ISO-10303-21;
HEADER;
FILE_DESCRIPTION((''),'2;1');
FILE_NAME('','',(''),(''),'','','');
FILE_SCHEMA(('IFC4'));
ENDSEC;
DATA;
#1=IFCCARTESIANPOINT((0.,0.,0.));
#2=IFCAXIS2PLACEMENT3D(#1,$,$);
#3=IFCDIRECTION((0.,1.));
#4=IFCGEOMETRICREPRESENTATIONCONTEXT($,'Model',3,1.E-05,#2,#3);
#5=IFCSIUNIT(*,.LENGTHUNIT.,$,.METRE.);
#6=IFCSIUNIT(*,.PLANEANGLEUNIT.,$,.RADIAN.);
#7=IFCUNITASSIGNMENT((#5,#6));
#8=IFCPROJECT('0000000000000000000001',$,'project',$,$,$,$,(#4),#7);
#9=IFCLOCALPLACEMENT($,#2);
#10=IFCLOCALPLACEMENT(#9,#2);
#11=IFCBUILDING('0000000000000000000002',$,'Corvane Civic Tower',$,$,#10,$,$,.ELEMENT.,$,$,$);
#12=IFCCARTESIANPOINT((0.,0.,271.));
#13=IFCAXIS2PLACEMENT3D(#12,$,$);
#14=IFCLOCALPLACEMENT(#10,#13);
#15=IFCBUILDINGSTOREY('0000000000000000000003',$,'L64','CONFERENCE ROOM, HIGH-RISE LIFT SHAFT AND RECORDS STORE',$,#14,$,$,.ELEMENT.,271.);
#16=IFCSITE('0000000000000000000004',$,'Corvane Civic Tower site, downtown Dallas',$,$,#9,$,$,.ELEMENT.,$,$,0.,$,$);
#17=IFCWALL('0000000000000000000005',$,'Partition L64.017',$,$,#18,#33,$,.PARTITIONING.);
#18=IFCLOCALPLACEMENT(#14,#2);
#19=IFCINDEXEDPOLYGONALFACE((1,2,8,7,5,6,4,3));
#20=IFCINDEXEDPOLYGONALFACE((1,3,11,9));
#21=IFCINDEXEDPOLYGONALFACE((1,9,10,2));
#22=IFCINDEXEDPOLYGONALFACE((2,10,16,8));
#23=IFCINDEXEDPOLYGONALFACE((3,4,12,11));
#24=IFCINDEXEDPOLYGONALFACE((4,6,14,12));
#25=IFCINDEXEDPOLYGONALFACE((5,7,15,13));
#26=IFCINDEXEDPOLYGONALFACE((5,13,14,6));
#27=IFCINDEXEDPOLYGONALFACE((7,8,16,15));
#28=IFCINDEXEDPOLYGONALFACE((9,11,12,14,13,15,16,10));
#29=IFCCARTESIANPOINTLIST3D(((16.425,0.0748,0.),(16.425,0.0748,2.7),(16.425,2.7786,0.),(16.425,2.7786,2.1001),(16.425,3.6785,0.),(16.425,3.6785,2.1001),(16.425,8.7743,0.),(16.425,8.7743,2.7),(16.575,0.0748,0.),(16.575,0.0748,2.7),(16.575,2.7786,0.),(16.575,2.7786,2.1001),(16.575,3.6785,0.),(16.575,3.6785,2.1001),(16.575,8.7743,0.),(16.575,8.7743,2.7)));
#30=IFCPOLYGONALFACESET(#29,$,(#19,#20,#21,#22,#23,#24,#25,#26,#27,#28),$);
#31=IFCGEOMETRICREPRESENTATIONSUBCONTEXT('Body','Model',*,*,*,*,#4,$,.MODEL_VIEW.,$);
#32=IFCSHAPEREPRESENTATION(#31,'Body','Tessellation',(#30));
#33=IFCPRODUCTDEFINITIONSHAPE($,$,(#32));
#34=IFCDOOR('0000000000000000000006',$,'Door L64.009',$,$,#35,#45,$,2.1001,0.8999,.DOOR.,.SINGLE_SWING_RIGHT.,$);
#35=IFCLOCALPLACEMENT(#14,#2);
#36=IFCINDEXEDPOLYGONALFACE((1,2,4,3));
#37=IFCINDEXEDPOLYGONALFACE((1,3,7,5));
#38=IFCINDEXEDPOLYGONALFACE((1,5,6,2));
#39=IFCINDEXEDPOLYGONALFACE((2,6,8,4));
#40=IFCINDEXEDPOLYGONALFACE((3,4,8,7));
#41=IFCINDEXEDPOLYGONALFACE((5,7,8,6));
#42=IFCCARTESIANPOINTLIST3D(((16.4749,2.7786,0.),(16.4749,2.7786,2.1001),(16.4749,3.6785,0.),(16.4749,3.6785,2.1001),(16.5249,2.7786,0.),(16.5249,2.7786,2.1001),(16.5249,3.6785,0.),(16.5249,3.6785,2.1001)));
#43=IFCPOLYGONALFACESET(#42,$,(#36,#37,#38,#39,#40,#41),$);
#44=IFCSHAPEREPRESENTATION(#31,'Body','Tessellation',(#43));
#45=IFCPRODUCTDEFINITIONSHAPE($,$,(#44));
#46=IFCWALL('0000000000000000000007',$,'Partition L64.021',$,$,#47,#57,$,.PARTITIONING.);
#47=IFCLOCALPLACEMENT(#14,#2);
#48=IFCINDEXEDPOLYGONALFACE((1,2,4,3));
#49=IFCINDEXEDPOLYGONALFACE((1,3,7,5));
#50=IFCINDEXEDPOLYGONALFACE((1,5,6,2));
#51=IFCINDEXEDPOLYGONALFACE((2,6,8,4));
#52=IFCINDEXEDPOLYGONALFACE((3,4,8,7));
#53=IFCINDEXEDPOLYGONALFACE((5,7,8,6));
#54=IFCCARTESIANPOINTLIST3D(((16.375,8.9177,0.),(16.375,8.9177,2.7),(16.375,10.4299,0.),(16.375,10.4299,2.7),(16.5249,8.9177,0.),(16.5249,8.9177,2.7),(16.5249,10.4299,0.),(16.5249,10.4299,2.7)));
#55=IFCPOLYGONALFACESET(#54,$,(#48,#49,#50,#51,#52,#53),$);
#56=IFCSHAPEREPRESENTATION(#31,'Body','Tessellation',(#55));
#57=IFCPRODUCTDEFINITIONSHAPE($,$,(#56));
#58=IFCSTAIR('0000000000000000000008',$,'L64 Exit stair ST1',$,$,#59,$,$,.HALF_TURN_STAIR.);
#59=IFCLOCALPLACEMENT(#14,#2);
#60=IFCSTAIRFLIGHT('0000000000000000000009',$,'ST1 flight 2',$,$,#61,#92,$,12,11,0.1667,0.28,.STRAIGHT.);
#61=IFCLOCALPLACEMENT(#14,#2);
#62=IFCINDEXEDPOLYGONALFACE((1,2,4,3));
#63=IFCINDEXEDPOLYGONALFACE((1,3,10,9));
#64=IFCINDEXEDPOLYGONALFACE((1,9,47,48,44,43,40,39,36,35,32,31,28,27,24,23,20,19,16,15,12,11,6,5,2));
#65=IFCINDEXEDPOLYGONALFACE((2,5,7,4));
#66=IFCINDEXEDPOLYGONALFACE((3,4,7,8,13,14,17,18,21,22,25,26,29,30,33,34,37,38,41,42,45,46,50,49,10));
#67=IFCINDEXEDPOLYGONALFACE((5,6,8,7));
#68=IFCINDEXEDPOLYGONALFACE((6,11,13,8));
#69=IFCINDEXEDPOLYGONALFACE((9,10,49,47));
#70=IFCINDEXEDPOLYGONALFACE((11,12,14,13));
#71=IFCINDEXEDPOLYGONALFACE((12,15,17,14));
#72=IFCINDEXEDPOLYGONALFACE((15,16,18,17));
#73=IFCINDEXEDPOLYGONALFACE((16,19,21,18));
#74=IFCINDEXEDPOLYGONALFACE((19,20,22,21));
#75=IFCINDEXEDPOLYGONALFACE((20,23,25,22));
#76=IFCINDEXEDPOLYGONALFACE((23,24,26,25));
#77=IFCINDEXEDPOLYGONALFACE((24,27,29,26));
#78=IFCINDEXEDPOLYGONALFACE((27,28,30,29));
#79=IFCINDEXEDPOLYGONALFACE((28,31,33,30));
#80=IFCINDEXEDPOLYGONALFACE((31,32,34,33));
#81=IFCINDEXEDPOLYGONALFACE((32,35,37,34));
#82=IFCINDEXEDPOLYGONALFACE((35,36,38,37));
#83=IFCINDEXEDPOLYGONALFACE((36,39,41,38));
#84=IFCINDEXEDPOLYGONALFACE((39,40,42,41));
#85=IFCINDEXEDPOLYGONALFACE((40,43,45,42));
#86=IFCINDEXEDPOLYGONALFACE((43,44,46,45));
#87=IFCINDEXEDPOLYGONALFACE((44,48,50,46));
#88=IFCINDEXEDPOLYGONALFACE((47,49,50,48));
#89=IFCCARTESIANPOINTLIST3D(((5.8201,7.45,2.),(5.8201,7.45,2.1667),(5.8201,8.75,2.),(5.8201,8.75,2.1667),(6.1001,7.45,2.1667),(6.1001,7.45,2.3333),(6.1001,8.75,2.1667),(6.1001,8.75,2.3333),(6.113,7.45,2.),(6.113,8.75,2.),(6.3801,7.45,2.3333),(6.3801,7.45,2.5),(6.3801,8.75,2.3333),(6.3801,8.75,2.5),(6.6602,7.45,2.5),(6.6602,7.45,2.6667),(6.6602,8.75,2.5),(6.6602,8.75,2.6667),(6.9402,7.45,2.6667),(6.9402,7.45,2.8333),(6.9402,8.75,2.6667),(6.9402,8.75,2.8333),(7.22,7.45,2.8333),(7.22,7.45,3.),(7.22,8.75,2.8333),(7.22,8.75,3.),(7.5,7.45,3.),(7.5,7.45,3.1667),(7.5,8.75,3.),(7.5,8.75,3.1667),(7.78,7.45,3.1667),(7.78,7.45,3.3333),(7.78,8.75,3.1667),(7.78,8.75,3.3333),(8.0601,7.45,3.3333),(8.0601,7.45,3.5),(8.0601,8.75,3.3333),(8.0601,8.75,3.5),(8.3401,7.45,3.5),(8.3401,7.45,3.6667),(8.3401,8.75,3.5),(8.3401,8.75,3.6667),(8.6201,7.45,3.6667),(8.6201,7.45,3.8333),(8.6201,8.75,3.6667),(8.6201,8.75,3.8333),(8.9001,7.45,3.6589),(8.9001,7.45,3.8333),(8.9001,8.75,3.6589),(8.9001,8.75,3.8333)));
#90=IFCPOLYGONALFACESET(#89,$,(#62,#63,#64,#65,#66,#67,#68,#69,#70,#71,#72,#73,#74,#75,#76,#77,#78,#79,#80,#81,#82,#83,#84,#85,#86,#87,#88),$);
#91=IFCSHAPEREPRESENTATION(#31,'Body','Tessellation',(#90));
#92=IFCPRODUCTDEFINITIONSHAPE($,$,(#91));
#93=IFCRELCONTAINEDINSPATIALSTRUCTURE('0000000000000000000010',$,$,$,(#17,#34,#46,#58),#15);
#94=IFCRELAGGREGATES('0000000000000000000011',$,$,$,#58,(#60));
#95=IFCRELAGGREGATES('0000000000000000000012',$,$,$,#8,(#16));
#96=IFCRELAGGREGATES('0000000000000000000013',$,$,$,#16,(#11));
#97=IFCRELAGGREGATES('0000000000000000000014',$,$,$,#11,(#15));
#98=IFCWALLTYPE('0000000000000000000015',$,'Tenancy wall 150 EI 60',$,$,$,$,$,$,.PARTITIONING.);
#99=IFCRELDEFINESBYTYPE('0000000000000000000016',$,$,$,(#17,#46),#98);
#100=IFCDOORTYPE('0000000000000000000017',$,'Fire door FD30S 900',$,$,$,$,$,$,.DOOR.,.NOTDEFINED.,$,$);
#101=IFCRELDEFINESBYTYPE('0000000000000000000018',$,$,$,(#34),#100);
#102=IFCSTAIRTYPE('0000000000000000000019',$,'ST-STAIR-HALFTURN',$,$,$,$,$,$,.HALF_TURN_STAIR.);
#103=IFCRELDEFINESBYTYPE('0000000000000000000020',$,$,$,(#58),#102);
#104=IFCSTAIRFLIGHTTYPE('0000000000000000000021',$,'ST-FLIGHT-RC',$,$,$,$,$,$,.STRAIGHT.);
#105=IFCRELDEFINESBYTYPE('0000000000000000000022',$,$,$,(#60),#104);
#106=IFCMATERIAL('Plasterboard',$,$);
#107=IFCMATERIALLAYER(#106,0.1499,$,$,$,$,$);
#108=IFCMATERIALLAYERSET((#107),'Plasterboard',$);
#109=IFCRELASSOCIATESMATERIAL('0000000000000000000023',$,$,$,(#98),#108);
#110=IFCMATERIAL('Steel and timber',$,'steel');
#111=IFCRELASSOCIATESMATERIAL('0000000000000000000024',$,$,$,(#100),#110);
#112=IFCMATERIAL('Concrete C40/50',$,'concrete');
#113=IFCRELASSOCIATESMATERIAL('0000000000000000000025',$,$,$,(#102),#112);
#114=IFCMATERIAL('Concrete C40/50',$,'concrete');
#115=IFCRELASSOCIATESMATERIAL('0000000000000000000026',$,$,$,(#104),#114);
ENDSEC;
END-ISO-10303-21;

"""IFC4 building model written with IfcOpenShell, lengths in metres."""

from ifc_helpers import new_model, si_unit, direction, frame, frame_2d, origin, place, context, subcontext, project, spatial, polyline, rectangle, outline, extrude, material, layer, layer_set, type_object, element, fill, aggregate, save


model = new_model("IFC4")

# Units and contexts
model_context = context("Model", 3, precision=1e-05, world=origin(), true_north=direction((0.0, 1.0)))
body_context = subcontext(model_context, "Body", "Model", "MODEL_VIEW")
ifc_project = project(units=[si_unit("LENGTHUNIT", "METRE"), si_unit("PLANEANGLEUNIT", "RADIAN")], contexts=[model_context])

# Site, building, storey
site_placement = place(None, origin())
site = spatial("IfcSite", under=ifc_project, at=site_placement, Name="Corvane Civic Tower site, downtown Dallas", CompositionType="ELEMENT", RefElevation=0.0)
building_placement = place(site_placement, origin())
building = spatial("IfcBuilding", under=site, at=building_placement, Name="Corvane Civic Tower", CompositionType="ELEMENT")
storey_placement = place(building_placement, frame((0.0, 0.0, 271.0)))
storey = spatial("IfcBuildingStorey", under=building, at=storey_placement, Name="L64", Description="CONFERENCE ROOM, HIGH-RISE LIFT SHAFT AND RECORDS STORE", CompositionType="ELEMENT", Elevation=271.0)

# Wall, opening, door
ifc_material_1 = material(Name="Plasterboard")
ifc_layer_1 = layer(ifc_material_1, 0.1499)
ifc_layer_set_1 = layer_set([ifc_layer_1], Name="Plasterboard")
wall_type_1 = type_object("IfcWallType", Name="Tenancy wall 150 EI 60", PredefinedType="PARTITIONING", material=ifc_layer_set_1)
wall_1_placement = place(storey_placement, frame((16.5, 0.075, 0.0), z_axis=(0.0, 0.0, 1.0), x_axis=(0.0, 1.0, 0.0)))
wall_1 = element("IfcWall", 1, at=wall_1_placement, inside=storey, type_object=wall_type_1, Name="Partition L64.017", PredefinedType="PARTITIONING", context=body_context, shape_type="SweptSolid", body=[
    extrude(rectangle(XDim=8.6995, YDim=0.1499, at=frame_2d((4.3496, 0.0))), origin(), (0.0, 0.0, 1.0), 2.7),
])
opening_1_placement = place(wall_1_placement, frame((2.7036, 0.0, 0.0)))
opening_1 = element("IfcOpeningElement", 2, at=opening_1_placement, cuts=wall_1, PredefinedType="OPENING", context=body_context, shape_type="SweptSolid", body=[
    extrude(rectangle(XDim=0.8999, YDim=2.1001, at=frame_2d((0.45, 1.05))), frame((0.0, 0.085, 0.0), z_axis=(0.0, -1.0, 0.0), x_axis=(1.0, 0.0, 0.0)), (0.0, 0.0, 1.0), 0.1699),
])
ifc_material_2 = material(Name="Steel and timber", Category="steel")
door_type_1 = type_object("IfcDoorType", Name="Fire door FD30S 900", OperationType="NOTDEFINED", PredefinedType="DOOR", material=ifc_material_2)
door_1_placement = place(opening_1_placement, frame((0.8999, 0.0, 0.0), z_axis=(0.0, 0.0, 1.0), x_axis=(-1.0, 0.0, 0.0)))
door_1 = element("IfcDoor", 3, at=door_1_placement, inside=storey, type_object=door_type_1, Name="Door L64.009", OperationType="SINGLE_SWING_RIGHT", OverallHeight=2.1001, OverallWidth=0.8999, PredefinedType="DOOR", context=body_context, shape_type="SweptSolid", body=[
    extrude(rectangle(XDim=0.8999, YDim=2.1001, at=frame_2d((0.45, 1.05))), frame((0.0, 0.0249, 0.0), z_axis=(0.0, -1.0, 0.0), x_axis=(1.0, 0.0, 0.0)), (0.0, 0.0, 1.0), 0.05),
])
fill(opening_1, door_1)

# Wall
wall_2_placement = place(storey_placement, frame((16.45, 8.9177, 0.0), z_axis=(0.0, 0.0, 1.0), x_axis=(0.0, 1.0, 0.0)))
element("IfcWall", 4, at=wall_2_placement, inside=storey, type_object=wall_type_1, Name="Partition L64.021", PredefinedType="PARTITIONING", context=body_context, shape_type="SweptSolid", body=[
    extrude(rectangle(XDim=1.5122, YDim=0.1499, at=frame_2d((0.7561, 0.0))), origin(), (0.0, 0.0, 1.0), 2.7),
])

# Stair, stair flight
ifc_material_3 = material(Name="Concrete C40/50", Category="concrete")
stair_type = type_object("IfcStairType", Name="ST-STAIR-HALFTURN", PredefinedType="HALF_TURN_STAIR", material=ifc_material_3)
stair_placement = place(storey_placement, origin())
stair = element("IfcStair", 5, at=stair_placement, inside=storey, type_object=stair_type, Name="L64 Exit stair ST1", PredefinedType="HALF_TURN_STAIR")
ifc_material_4 = material(Name="Concrete C40/50", Category="concrete")
stair_flight_type = type_object("IfcStairFlightType", Name="ST-FLIGHT-RC", PredefinedType="STRAIGHT", material=ifc_material_4)
stair_flight_placement = place(storey_placement, frame((5.8201, 8.1001, 2.0), z_axis=(0.0, 0.0, 1.0), x_axis=(1.0, 0.0, 0.0)))
stair_flight = element("IfcStairFlight", 6, at=stair_flight_placement, type_object=stair_flight_type, Name="ST1 flight 2", NumberOfRisers=12, NumberOfTreads=11, PredefinedType="STRAIGHT", RiserHeight=0.1667, TreadLength=0.28, context=body_context, shape_type="SweptSolid", body=[
    extrude(outline(polyline([(0.0, 0.0), (0.0, 0.1667), (0.28, 0.1667), (0.28, 0.3333), (0.5601, 0.3333), (0.5601, 0.5), (0.8401, 0.5), (0.8401, 0.6667), (1.1201, 0.6667), (1.1201, 0.8333), (1.3999, 0.8333), (1.3999, 1.0), (1.6799, 1.0), (1.6799, 1.1667), (1.96, 1.1667), (1.96, 1.3333), (2.24, 1.3333), (2.24, 1.5), (2.52, 1.5), (2.52, 1.6667), (2.8, 1.6667), (2.8, 1.8333), (3.0801, 1.8333), (3.0801, 2.0), (3.0801, 1.6589), (0.293, 0.0), (0.0, 0.0)])), frame((0.0, 0.6499, 0.0), z_axis=(0.0, -1.0, 0.0), x_axis=(1.0, 0.0, 0.0)), (0.0, 0.0, 1.0), 1.3),
])
aggregate(stair, [stair_flight])

save(model, "model.ifc")
